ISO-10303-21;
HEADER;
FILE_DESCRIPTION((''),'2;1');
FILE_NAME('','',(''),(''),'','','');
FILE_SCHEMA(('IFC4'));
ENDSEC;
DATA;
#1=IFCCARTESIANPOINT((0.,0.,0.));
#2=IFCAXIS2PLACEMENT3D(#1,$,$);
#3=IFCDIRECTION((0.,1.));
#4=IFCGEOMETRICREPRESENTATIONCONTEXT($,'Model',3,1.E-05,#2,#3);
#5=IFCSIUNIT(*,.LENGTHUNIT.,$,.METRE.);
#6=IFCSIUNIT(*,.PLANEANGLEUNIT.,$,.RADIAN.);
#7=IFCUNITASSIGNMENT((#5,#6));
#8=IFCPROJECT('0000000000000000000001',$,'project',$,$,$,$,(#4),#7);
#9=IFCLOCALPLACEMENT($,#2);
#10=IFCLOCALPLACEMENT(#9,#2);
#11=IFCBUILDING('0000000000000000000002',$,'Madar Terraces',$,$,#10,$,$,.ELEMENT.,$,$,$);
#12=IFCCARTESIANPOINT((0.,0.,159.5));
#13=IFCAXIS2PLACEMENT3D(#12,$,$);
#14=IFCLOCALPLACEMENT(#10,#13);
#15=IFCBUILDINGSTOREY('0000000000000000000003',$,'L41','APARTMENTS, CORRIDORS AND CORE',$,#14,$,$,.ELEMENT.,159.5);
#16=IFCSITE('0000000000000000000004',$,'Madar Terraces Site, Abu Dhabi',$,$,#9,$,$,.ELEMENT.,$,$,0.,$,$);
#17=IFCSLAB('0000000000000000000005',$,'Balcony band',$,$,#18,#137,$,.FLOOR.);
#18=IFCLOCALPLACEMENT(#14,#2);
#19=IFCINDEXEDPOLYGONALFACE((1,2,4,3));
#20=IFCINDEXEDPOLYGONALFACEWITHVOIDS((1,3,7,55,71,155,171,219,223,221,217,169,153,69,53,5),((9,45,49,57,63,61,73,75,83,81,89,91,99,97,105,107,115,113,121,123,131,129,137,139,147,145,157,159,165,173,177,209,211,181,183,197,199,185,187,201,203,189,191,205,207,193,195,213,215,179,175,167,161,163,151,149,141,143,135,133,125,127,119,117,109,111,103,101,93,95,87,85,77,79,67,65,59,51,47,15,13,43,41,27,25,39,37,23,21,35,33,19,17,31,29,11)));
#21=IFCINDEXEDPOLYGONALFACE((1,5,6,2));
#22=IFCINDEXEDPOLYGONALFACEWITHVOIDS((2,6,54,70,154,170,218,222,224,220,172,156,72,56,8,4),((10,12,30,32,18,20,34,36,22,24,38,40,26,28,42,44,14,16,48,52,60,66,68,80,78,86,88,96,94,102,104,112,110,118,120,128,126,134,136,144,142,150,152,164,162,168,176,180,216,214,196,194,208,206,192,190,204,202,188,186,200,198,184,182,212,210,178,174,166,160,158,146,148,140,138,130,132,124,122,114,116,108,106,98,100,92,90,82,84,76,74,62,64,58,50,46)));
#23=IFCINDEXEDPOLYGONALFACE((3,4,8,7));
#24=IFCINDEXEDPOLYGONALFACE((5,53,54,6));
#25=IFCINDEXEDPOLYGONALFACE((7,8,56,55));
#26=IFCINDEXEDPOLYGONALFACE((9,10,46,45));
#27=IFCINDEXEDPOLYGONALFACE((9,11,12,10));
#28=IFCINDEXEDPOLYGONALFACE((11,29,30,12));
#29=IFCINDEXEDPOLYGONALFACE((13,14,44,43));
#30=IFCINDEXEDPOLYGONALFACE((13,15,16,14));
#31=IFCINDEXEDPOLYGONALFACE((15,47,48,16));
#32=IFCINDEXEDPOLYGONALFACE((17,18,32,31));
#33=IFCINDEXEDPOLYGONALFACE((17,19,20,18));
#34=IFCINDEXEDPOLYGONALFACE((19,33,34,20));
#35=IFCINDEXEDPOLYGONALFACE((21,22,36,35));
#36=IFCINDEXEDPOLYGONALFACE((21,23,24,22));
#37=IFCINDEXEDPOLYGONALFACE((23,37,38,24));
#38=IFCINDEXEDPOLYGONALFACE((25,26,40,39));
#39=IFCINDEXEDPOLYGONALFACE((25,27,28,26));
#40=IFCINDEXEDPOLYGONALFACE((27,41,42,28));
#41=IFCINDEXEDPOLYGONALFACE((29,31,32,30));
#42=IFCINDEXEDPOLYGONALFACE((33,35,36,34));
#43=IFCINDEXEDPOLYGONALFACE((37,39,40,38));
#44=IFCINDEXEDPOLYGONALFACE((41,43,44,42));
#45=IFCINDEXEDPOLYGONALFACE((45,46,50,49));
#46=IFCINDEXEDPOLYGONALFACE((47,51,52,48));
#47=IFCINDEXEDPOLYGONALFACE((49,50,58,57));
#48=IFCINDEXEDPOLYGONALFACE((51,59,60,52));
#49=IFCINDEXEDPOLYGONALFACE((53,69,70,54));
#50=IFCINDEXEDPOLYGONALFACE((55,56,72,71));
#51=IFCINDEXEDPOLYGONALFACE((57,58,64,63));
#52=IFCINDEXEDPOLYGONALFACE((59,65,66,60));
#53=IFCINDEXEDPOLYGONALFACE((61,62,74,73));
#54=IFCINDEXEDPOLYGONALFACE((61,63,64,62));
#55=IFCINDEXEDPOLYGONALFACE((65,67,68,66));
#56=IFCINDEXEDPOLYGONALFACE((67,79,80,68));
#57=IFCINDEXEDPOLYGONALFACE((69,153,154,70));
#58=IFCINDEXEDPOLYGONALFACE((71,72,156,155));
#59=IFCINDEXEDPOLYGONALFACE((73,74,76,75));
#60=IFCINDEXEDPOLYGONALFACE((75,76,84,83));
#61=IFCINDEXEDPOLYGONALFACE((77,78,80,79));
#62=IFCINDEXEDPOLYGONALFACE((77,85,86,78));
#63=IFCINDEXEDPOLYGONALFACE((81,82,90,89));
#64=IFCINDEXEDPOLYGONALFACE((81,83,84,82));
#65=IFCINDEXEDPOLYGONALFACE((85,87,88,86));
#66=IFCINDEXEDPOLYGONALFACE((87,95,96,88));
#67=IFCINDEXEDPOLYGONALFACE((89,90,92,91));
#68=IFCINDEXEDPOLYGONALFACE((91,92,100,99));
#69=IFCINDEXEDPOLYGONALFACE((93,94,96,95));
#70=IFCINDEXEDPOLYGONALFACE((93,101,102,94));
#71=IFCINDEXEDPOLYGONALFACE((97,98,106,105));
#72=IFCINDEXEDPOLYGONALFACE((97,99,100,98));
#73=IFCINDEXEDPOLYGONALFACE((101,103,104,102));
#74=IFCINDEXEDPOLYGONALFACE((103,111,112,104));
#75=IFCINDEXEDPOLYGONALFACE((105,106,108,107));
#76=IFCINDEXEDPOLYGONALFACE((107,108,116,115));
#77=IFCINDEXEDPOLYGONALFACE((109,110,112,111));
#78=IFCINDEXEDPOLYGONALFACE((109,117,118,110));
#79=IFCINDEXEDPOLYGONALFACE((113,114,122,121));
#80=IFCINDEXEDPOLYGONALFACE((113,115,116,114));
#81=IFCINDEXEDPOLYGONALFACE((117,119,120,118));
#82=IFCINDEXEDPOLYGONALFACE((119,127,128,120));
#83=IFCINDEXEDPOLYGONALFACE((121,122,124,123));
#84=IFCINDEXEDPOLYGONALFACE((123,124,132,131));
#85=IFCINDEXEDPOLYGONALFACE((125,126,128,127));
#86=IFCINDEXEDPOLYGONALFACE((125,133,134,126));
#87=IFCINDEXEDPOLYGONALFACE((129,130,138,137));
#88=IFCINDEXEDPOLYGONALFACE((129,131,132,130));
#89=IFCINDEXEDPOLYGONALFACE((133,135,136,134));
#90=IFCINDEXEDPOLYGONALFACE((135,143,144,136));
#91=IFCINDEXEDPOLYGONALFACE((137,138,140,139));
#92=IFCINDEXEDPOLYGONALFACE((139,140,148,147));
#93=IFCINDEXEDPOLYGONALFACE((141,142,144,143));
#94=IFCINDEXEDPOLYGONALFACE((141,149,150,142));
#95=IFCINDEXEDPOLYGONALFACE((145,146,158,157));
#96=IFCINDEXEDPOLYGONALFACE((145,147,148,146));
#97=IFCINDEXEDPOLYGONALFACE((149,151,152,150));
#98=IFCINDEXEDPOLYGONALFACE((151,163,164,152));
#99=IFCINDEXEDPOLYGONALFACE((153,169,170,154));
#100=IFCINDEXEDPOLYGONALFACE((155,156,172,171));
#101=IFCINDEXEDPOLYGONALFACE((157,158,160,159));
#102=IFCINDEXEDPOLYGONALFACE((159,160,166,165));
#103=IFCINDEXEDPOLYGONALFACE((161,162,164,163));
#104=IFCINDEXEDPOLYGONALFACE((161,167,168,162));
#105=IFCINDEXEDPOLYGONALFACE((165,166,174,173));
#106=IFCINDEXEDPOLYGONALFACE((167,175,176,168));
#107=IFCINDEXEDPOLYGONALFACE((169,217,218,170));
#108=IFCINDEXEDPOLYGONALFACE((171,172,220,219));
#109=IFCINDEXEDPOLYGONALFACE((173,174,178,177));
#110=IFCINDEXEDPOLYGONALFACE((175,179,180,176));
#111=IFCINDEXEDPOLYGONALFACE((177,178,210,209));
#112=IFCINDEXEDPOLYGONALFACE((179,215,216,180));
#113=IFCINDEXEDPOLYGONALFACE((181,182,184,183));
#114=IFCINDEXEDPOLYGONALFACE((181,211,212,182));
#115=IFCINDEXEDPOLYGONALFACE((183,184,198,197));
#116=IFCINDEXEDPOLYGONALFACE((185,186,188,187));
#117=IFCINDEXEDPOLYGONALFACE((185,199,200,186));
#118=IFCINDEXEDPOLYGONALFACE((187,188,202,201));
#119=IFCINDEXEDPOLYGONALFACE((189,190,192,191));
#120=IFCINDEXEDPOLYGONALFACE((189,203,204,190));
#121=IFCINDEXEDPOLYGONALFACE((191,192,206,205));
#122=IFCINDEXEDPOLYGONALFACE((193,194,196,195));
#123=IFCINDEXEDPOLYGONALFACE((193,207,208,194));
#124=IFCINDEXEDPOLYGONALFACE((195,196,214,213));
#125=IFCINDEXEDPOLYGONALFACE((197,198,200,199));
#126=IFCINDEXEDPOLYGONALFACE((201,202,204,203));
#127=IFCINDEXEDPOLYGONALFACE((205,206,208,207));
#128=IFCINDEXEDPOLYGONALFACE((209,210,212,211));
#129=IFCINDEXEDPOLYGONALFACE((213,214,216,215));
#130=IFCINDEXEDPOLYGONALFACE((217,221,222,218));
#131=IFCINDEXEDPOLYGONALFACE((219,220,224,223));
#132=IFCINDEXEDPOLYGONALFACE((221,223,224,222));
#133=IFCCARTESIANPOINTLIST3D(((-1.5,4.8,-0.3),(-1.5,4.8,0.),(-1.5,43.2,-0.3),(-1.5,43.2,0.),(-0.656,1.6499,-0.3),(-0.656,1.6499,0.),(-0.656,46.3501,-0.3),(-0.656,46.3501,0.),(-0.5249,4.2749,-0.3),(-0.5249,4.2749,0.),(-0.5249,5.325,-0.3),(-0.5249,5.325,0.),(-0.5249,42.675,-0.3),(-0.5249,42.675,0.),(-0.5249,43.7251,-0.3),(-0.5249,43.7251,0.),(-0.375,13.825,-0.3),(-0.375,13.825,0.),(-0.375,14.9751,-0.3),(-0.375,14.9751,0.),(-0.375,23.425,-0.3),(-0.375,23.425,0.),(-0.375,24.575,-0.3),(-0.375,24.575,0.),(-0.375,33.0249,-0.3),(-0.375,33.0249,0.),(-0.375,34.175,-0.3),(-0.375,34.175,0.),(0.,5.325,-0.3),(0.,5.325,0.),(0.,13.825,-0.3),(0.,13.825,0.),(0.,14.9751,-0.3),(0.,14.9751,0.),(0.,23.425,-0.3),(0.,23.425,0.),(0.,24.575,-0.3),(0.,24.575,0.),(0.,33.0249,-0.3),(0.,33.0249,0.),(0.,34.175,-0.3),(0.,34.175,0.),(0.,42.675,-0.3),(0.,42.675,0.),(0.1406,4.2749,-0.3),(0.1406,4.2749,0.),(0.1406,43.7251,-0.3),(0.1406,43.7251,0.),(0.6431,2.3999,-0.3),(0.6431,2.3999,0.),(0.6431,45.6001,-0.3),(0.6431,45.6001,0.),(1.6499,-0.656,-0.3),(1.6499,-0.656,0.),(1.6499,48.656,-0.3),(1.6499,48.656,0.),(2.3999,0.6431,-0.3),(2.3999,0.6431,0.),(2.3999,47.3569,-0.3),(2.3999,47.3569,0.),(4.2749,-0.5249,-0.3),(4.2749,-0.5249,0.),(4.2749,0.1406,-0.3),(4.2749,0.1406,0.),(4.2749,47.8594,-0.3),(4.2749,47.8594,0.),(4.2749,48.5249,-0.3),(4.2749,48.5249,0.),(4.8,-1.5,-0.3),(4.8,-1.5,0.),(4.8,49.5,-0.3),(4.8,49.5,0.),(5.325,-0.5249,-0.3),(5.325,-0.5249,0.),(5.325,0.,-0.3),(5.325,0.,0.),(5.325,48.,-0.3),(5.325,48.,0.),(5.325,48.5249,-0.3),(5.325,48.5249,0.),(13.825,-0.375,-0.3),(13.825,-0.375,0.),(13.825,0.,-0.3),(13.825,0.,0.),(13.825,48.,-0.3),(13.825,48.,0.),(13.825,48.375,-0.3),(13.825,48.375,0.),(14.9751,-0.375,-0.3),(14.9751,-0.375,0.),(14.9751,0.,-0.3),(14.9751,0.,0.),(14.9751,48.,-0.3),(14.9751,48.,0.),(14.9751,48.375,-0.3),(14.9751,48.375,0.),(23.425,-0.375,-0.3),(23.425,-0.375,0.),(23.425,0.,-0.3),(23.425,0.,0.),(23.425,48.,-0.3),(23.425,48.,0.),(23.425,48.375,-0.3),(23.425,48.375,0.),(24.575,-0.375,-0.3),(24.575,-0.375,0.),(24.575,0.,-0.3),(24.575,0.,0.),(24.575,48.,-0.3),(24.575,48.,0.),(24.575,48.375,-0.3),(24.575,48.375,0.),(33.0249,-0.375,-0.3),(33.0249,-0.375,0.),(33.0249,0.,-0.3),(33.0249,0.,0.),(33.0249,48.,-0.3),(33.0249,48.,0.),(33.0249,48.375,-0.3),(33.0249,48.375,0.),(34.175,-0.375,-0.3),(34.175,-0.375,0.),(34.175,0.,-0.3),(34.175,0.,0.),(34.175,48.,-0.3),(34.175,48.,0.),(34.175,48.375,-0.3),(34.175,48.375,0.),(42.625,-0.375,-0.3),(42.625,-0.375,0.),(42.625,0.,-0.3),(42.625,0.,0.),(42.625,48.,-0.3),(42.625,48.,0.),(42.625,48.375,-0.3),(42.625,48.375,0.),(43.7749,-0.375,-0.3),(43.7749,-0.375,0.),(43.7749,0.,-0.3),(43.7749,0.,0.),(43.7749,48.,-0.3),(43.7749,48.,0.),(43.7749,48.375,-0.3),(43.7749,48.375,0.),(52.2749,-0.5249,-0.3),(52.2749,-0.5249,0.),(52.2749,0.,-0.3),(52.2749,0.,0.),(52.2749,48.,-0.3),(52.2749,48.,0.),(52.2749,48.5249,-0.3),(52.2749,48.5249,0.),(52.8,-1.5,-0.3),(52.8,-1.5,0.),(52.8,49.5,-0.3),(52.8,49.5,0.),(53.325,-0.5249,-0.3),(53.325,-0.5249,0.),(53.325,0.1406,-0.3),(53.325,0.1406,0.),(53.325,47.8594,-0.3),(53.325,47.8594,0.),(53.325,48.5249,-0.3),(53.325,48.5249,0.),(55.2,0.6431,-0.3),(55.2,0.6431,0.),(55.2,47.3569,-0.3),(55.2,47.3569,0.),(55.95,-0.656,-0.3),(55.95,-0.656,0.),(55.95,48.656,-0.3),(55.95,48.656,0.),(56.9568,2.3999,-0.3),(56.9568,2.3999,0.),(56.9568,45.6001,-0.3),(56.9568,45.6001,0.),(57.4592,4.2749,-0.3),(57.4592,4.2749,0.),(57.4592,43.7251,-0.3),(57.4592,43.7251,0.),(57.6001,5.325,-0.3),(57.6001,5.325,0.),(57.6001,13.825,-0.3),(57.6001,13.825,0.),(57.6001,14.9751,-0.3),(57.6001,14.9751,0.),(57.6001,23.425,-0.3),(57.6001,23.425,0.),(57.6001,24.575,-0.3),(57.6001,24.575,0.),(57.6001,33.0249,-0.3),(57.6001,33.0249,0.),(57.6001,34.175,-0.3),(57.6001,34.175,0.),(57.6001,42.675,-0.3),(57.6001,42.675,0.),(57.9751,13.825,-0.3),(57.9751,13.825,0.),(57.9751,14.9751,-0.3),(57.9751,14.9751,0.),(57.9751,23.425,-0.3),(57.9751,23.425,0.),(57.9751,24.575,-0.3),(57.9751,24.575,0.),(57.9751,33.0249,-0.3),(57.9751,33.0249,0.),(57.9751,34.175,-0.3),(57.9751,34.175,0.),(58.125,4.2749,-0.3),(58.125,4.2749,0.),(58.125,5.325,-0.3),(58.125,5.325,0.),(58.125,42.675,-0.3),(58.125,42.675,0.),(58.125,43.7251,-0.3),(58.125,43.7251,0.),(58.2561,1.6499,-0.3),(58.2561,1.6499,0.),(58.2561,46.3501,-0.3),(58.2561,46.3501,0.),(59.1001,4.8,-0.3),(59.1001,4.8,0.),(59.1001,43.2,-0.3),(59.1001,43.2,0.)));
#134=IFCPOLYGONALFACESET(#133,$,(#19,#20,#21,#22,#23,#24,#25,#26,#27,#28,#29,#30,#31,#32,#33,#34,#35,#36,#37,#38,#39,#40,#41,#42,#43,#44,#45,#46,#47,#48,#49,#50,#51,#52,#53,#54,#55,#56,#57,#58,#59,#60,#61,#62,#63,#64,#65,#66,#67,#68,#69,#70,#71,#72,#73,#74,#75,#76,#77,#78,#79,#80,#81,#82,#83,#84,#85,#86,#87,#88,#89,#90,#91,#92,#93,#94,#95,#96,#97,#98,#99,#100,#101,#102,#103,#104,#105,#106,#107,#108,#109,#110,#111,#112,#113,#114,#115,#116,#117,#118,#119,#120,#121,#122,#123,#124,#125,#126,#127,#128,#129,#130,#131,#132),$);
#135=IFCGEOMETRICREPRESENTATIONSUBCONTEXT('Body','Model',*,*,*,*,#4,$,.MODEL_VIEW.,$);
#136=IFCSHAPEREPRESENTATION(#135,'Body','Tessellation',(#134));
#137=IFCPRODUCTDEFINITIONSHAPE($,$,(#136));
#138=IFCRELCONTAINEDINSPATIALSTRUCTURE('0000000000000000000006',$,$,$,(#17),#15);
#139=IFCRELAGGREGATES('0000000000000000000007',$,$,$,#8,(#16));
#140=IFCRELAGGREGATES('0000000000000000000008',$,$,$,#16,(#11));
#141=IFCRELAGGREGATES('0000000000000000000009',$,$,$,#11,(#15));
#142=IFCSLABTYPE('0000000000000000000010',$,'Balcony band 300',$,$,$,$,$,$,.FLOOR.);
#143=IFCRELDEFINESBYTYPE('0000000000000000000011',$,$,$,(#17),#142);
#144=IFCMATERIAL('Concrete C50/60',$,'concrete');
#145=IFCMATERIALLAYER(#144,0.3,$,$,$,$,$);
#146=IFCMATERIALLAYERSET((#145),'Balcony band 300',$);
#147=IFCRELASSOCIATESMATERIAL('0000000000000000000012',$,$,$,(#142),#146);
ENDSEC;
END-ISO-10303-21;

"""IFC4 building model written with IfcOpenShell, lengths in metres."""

from ifc_helpers import new_model, si_unit, direction, frame, origin, place, context, subcontext, project, spatial, polyline, outline, extrude, material, layer, layer_set, type_object, element, save


model = new_model("IFC4")

# Units and contexts
model_context = context("Model", 3, precision=1e-05, world=origin(), true_north=direction((0.0, 1.0)))
body_context = subcontext(model_context, "Body", "Model", "MODEL_VIEW")
ifc_project = project(units=[si_unit("LENGTHUNIT", "METRE"), si_unit("PLANEANGLEUNIT", "RADIAN")], contexts=[model_context])

# Site, building, storey
site_placement = place(None, origin())
site = spatial("IfcSite", under=ifc_project, at=site_placement, Name="Madar Terraces Site, Abu Dhabi", CompositionType="ELEMENT", RefElevation=0.0)
building_placement = place(site_placement, origin())
building = spatial("IfcBuilding", under=site, at=building_placement, Name="Madar Terraces", CompositionType="ELEMENT")
storey_placement = place(building_placement, frame((0.0, 0.0, 159.5)))
storey = spatial("IfcBuildingStorey", under=building, at=storey_placement, Name="L41", Description="APARTMENTS, CORRIDORS AND CORE", CompositionType="ELEMENT", Elevation=159.5)

# Slab
ifc_material_1 = material(Name="Concrete C50/60", Category="concrete")
ifc_layer_1 = layer(ifc_material_1, 0.3)
ifc_layer_set_1 = layer_set([ifc_layer_1], Name="Balcony band 300")
slab_type_1 = type_object("IfcSlabType", Name="Balcony band 300", PredefinedType="FLOOR", material=ifc_layer_set_1)
slab_1_placement = place(storey_placement, frame((0.0, 0.0, -0.3)))
element("IfcSlab", 1, at=slab_1_placement, inside=storey, type_object=slab_type_1, Name="Balcony band", PredefinedType="FLOOR", context=body_context, shape_type="SweptSolid", body=[
    extrude(outline(polyline([(4.8, -1.5), (1.6499, -0.656), (-0.656, 1.6499), (-1.5, 4.8), (-1.5, 43.2), (-0.656, 46.3501), (1.6499, 48.656), (4.8, 49.5), (52.8, 49.5), (55.95, 48.656), (58.2561, 46.3501), (59.1001, 43.2), (59.1001, 4.8), (58.2561, 1.6499), (55.95, -0.656), (52.8, -1.5), (4.8, -1.5)]), holes=[polyline([(5.325, -0.5249), (5.325, 0.0), (13.825, 0.0), (13.825, -0.375), (14.9751, -0.375), (14.9751, 0.0), (23.425, 0.0), (23.425, -0.375), (24.575, -0.375), (24.575, 0.0), (33.0249, 0.0), (33.0249, -0.375), (34.175, -0.375), (34.175, 0.0), (42.625, 0.0), (42.625, -0.375), (43.7749, -0.375), (43.7749, 0.0), (52.2749, 0.0), (52.2749, -0.5249), (53.325, -0.5249), (53.325, 0.1406), (55.2, 0.6431), (56.9568, 2.3999), (57.4592, 4.2749), (58.125, 4.2749), (58.125, 5.325), (57.6001, 5.325), (57.6001, 13.825), (57.9751, 13.825), (57.9751, 14.9751), (57.6001, 14.9751), (57.6001, 23.425), (57.9751, 23.425), (57.9751, 24.575), (57.6001, 24.575), (57.6001, 33.0249), (57.9751, 33.0249), (57.9751, 34.175), (57.6001, 34.175), (57.6001, 42.675), (58.125, 42.675), (58.125, 43.7251), (57.4592, 43.7251), (56.9568, 45.6001), (55.2, 47.3569), (53.325, 47.8594), (53.325, 48.5249), (52.2749, 48.5249), (52.2749, 48.0), (43.7749, 48.0), (43.7749, 48.375), (42.625, 48.375), (42.625, 48.0), (34.175, 48.0), (34.175, 48.375), (33.0249, 48.375), (33.0249, 48.0), (24.575, 48.0), (24.575, 48.375), (23.425, 48.375), (23.425, 48.0), (14.9751, 48.0), (14.9751, 48.375), (13.825, 48.375), (13.825, 48.0), (5.325, 48.0), (5.325, 48.5249), (4.2749, 48.5249), (4.2749, 47.8594), (2.3999, 47.3569), (0.6431, 45.6001), (0.1406, 43.7251), (-0.5249, 43.7251), (-0.5249, 42.675), (0.0, 42.675), (0.0, 34.175), (-0.375, 34.175), (-0.375, 33.0249), (0.0, 33.0249), (0.0, 24.575), (-0.375, 24.575), (-0.375, 23.425), (0.0, 23.425), (0.0, 14.9751), (-0.375, 14.9751), (-0.375, 13.825), (0.0, 13.825), (0.0, 5.325), (-0.5249, 5.325), (-0.5249, 4.2749), (0.1406, 4.2749), (0.6431, 2.3999), (2.3999, 0.6431), (4.2749, 0.1406), (4.2749, -0.5249), (5.325, -0.5249)])]), origin(), (0.0, 0.0, 1.0), 0.3),
])

save(model, "model.ifc")
